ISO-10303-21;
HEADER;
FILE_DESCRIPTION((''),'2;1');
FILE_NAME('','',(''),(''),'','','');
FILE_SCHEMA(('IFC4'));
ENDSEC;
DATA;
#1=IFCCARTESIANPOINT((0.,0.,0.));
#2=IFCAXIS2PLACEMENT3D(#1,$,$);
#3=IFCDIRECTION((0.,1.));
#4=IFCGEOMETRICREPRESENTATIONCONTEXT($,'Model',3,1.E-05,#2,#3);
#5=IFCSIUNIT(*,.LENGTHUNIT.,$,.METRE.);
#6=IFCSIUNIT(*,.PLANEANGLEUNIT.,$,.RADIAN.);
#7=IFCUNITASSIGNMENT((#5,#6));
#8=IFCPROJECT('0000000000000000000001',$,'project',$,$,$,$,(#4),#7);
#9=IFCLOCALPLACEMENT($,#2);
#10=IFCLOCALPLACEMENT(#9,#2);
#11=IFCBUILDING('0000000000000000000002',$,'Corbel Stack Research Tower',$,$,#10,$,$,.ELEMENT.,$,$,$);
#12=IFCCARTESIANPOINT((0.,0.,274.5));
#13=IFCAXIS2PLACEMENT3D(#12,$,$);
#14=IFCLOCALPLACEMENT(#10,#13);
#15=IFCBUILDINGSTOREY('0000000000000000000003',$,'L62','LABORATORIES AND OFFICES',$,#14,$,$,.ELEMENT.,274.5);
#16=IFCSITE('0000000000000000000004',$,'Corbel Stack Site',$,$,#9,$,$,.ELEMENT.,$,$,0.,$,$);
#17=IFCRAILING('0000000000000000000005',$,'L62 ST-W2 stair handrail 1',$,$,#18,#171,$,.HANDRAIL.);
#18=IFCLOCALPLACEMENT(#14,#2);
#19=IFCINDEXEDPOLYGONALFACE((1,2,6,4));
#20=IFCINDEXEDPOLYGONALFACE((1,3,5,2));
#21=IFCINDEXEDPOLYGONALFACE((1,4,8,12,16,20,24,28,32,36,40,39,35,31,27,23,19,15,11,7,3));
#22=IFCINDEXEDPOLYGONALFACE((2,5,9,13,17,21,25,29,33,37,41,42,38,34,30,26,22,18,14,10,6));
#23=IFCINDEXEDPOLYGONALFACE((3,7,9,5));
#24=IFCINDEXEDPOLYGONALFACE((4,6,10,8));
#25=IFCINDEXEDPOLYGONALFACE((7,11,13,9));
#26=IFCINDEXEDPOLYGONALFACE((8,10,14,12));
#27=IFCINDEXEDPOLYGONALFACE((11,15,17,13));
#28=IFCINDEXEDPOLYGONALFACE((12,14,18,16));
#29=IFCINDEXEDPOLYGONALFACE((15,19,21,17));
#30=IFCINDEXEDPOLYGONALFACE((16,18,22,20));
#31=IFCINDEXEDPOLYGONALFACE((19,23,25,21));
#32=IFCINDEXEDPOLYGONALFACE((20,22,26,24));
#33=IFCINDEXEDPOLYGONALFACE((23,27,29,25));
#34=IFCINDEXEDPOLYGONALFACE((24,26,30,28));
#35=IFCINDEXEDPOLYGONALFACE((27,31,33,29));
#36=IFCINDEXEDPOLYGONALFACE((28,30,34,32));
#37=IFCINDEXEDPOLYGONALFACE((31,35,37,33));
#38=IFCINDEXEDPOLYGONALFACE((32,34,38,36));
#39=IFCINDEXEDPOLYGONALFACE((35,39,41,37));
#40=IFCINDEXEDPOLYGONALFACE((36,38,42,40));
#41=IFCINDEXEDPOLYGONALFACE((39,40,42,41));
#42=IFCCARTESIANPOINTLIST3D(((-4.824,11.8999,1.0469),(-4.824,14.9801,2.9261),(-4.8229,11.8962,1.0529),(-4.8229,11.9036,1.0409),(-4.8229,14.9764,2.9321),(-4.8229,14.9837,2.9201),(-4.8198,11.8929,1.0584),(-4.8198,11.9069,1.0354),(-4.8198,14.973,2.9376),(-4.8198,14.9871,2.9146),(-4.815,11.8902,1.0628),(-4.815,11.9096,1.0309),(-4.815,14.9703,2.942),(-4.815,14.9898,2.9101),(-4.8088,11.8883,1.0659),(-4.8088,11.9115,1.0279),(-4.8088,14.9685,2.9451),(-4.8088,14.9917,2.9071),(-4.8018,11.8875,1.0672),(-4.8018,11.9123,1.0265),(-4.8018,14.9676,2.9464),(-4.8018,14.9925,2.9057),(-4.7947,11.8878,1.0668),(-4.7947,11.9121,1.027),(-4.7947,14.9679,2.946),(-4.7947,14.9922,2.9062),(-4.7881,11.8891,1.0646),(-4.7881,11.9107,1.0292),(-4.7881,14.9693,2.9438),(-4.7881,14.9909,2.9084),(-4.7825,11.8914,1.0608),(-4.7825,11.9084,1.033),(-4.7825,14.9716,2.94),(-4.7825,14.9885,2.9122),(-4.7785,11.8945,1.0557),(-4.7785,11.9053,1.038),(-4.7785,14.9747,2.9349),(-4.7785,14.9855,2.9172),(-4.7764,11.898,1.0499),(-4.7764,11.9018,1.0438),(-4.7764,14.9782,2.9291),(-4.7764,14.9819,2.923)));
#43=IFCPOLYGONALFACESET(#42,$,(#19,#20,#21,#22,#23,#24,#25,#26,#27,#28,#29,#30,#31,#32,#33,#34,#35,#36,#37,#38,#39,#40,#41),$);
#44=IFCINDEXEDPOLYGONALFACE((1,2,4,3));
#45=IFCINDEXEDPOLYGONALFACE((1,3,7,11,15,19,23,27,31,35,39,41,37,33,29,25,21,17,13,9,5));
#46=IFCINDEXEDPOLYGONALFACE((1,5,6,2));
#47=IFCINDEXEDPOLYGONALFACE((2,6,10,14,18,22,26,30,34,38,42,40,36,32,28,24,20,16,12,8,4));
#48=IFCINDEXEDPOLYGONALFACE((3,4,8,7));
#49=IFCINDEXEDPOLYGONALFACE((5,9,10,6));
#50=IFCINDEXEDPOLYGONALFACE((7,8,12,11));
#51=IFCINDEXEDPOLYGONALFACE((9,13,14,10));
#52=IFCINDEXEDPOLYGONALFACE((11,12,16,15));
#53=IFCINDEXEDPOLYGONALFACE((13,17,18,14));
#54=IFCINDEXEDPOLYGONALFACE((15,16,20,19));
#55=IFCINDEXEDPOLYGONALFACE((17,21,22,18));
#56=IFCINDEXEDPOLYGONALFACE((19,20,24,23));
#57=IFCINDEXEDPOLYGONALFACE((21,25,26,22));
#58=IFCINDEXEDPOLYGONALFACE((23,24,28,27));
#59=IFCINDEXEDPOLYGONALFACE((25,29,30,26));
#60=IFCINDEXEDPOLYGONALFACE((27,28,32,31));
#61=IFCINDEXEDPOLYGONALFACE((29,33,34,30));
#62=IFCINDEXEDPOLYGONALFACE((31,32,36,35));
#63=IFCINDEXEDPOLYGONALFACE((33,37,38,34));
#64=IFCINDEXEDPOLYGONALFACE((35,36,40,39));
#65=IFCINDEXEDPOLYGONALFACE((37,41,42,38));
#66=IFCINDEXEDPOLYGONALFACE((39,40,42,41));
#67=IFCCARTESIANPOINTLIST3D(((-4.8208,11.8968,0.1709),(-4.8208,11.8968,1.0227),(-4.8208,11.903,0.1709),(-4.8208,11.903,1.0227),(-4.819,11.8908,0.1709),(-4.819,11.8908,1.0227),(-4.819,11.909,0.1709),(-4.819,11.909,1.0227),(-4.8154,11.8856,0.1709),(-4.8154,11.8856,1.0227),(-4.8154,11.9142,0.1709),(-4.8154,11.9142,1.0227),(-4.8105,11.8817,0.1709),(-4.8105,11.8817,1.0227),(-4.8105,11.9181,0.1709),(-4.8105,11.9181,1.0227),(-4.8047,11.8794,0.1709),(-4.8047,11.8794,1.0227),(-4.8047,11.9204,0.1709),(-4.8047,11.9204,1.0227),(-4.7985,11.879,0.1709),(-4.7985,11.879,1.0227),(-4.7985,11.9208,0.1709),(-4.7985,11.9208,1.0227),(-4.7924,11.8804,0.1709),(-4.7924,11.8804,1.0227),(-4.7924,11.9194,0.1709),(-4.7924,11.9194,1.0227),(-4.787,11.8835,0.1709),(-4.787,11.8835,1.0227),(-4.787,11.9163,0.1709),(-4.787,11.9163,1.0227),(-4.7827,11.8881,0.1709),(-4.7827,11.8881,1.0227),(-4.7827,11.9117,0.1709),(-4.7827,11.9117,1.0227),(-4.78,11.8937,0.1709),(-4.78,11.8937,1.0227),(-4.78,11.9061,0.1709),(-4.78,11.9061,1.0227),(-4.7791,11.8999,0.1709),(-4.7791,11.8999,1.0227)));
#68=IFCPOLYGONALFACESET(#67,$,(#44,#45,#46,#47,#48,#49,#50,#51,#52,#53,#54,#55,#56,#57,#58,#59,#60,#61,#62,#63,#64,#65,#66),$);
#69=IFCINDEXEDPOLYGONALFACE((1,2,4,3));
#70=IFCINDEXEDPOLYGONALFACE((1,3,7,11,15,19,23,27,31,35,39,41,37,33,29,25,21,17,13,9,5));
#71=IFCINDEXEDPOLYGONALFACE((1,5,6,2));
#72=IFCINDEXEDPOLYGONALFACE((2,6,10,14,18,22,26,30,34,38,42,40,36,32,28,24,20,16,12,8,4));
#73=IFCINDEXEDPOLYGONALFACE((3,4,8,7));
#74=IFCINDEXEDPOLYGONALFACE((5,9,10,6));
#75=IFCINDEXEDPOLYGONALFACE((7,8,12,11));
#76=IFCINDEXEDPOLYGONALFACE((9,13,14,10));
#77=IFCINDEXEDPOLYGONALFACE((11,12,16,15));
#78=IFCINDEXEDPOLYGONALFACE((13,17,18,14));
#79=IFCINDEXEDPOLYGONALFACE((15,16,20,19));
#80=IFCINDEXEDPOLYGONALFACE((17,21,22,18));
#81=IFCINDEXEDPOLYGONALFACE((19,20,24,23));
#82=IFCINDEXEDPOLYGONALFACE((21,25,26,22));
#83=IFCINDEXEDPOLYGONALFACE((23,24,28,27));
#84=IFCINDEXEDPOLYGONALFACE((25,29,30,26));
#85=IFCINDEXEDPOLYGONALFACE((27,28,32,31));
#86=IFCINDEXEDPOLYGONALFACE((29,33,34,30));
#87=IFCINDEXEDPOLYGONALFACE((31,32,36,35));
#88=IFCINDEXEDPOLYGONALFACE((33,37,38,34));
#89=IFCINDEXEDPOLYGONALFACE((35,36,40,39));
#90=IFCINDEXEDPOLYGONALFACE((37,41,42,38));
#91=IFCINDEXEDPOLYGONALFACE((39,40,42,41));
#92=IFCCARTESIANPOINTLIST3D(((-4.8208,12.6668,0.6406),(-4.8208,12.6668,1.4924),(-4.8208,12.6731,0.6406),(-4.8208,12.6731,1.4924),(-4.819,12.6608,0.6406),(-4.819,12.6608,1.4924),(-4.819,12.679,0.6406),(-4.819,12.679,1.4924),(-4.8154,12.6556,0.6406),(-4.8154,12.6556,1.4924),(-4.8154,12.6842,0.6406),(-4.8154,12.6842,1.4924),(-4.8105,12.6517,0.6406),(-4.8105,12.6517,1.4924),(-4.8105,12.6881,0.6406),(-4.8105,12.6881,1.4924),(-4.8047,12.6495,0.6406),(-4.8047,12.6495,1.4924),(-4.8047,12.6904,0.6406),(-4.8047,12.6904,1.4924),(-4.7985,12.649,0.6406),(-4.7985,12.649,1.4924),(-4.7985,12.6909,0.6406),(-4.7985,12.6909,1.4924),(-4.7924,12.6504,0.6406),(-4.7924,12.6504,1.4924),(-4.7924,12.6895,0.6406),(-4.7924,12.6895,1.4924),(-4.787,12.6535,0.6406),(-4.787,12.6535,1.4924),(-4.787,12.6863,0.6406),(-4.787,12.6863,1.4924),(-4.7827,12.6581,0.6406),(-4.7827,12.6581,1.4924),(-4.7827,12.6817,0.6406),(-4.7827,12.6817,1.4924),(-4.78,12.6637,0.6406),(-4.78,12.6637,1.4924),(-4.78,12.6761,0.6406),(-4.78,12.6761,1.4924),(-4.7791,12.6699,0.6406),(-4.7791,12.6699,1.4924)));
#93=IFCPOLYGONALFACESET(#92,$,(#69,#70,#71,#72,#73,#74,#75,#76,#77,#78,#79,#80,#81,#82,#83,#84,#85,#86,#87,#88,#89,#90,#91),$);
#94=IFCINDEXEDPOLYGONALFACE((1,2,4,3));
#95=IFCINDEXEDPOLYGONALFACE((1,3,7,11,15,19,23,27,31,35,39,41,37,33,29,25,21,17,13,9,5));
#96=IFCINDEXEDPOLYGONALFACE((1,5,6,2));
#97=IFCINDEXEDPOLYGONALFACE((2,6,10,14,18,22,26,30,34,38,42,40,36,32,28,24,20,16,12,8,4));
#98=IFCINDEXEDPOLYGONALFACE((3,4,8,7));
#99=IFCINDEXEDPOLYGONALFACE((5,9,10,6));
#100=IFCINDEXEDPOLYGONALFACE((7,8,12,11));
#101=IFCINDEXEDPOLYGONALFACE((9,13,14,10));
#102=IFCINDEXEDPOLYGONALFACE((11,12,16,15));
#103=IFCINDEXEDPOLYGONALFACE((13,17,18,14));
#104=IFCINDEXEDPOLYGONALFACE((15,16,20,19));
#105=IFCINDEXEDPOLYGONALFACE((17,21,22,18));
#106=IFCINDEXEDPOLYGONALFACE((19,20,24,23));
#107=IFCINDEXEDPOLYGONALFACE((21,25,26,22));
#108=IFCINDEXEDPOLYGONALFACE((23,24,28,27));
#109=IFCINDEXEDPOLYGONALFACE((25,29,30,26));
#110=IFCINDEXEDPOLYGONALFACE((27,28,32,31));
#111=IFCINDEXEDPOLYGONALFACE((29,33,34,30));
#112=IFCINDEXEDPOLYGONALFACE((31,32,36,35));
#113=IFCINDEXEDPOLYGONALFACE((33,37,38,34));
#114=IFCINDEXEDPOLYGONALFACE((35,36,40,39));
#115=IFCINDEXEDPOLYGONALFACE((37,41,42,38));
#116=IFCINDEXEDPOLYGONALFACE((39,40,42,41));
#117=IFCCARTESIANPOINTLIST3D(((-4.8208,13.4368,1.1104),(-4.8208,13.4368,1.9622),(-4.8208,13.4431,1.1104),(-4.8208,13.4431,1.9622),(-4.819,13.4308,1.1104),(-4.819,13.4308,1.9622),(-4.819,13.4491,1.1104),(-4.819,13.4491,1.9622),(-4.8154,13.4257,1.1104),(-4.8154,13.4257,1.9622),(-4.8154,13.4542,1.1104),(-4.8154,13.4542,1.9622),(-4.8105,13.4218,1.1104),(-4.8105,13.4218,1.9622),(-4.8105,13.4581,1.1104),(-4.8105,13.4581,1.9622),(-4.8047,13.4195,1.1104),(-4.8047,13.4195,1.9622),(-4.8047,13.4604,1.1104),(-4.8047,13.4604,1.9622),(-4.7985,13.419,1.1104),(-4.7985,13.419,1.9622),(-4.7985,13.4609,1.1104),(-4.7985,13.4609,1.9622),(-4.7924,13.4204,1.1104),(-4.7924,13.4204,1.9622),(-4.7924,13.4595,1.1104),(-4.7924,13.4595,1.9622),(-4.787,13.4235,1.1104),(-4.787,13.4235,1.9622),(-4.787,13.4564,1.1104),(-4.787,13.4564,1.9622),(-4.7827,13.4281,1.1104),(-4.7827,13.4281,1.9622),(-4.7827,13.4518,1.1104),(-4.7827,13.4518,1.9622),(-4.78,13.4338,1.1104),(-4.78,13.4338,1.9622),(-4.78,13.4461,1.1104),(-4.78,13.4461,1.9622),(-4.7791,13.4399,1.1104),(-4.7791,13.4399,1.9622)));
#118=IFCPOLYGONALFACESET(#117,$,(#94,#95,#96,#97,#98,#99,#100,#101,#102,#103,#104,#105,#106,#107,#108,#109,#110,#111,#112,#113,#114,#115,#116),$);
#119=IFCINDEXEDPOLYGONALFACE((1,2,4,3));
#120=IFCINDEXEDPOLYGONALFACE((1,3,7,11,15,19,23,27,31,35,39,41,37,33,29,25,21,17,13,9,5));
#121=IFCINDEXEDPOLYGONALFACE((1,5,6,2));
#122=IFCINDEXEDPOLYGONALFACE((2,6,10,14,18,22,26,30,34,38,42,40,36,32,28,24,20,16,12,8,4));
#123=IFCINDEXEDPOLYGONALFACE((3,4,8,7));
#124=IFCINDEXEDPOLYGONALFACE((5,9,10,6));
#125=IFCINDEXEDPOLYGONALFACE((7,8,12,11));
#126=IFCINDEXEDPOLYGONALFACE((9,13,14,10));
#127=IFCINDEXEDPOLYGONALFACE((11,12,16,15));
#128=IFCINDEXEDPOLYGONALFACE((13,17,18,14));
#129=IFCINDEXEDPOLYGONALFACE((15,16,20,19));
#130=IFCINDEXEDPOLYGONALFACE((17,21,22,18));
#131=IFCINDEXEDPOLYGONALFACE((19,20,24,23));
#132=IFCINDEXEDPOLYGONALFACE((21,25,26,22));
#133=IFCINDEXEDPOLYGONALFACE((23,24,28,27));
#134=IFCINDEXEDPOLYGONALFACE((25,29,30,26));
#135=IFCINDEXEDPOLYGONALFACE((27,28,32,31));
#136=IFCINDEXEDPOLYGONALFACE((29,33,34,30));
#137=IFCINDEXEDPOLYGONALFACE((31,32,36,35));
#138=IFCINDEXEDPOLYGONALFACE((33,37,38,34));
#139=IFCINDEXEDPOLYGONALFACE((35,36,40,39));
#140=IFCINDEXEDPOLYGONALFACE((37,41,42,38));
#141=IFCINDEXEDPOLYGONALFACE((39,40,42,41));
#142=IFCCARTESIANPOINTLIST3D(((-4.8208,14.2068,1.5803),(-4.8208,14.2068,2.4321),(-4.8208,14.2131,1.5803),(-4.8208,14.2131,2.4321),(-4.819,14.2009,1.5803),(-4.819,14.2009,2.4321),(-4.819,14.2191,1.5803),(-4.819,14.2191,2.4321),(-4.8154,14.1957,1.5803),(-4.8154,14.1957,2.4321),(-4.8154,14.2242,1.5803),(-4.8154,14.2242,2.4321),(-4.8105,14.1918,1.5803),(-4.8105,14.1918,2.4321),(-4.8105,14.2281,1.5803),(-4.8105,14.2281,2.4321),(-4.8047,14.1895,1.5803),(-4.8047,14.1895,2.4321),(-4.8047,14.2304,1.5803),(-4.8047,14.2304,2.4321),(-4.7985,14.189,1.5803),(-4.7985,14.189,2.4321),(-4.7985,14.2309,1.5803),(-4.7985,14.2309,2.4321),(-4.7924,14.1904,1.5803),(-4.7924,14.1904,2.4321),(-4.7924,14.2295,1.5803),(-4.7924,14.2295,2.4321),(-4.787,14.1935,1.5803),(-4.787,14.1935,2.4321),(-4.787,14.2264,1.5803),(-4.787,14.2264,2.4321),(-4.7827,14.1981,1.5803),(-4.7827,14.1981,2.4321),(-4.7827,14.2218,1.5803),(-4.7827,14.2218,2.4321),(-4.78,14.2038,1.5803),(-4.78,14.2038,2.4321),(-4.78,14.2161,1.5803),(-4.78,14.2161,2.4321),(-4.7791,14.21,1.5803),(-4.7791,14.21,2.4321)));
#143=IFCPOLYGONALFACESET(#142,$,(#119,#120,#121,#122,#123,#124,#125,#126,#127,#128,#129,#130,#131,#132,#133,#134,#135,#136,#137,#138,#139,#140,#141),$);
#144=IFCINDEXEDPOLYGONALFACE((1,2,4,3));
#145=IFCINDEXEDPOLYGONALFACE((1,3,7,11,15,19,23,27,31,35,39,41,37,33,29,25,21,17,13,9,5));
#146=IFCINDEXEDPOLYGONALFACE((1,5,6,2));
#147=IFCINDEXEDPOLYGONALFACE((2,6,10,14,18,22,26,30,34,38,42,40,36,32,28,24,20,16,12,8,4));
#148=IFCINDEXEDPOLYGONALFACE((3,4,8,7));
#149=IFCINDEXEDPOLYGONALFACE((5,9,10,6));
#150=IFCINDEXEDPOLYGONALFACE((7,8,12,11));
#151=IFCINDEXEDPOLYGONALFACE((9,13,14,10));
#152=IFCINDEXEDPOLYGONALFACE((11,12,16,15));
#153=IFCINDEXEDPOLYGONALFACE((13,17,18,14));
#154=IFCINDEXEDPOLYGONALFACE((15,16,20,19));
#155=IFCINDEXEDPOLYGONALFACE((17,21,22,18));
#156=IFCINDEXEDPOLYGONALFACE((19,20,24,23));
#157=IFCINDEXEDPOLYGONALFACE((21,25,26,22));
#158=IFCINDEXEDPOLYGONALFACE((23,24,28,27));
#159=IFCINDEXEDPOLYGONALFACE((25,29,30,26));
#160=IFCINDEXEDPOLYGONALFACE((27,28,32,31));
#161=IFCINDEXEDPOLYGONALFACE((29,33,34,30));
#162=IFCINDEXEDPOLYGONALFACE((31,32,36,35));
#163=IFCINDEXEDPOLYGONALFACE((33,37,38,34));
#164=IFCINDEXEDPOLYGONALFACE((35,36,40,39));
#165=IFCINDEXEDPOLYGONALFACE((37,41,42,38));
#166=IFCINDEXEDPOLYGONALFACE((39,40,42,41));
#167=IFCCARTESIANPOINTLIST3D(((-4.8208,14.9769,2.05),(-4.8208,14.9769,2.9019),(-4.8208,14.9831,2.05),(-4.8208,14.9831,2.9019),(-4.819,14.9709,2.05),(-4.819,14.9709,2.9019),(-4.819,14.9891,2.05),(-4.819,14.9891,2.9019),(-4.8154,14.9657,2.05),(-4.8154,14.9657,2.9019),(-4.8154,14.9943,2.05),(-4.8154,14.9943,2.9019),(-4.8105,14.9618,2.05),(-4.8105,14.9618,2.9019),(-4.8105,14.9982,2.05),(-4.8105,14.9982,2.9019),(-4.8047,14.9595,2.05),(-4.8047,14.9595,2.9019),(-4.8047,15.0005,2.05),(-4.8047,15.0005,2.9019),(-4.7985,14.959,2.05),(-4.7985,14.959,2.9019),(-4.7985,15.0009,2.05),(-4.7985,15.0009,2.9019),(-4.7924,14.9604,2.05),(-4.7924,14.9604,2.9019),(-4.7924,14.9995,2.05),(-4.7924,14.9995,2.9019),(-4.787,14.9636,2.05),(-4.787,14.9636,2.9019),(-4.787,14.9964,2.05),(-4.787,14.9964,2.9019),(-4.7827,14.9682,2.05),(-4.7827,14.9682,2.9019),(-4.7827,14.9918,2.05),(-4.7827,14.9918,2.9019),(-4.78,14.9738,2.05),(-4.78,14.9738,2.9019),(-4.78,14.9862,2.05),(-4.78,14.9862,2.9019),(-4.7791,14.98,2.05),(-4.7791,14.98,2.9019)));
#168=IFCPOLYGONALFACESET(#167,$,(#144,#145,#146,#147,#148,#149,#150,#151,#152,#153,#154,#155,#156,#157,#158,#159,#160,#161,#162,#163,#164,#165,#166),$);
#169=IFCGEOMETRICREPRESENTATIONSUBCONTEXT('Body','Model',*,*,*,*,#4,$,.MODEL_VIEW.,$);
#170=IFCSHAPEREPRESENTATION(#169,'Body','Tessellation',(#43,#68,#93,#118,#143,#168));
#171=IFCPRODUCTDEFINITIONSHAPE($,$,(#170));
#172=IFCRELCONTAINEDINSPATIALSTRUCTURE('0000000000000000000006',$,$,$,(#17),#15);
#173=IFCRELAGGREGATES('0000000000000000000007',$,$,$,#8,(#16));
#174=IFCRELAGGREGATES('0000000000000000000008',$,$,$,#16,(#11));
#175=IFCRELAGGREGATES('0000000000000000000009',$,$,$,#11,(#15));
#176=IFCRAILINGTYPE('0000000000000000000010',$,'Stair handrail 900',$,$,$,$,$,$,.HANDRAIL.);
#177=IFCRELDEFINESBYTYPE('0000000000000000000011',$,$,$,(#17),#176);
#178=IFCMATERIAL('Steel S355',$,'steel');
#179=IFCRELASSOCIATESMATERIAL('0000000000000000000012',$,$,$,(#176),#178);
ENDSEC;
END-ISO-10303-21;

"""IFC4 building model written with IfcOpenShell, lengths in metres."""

from ifc_helpers import new_model, si_unit, direction, frame, origin, origin_2d, place, context, subcontext, project, spatial, circle, extrude, material, type_object, element, save


model = new_model("IFC4")

# Units and contexts
model_context = context("Model", 3, precision=1e-05, world=origin(), true_north=direction((0.0, 1.0)))
body_context = subcontext(model_context, "Body", "Model", "MODEL_VIEW")
ifc_project = project(units=[si_unit("LENGTHUNIT", "METRE"), si_unit("PLANEANGLEUNIT", "RADIAN")], contexts=[model_context])

# Site, building, storey
site_placement = place(None, origin())
site = spatial("IfcSite", under=ifc_project, at=site_placement, Name="Corbel Stack Site", CompositionType="ELEMENT", RefElevation=0.0)
building_placement = place(site_placement, origin())
building = spatial("IfcBuilding", under=site, at=building_placement, Name="Corbel Stack Research Tower", CompositionType="ELEMENT")
storey_placement = place(building_placement, frame((0.0, 0.0, 274.5)))
storey = spatial("IfcBuildingStorey", under=building, at=storey_placement, Name="L62", Description="LABORATORIES AND OFFICES", CompositionType="ELEMENT", Elevation=274.5)

# Railing
ifc_material_1 = material(Name="Steel S355", Category="steel")
railing_type_1 = type_object("IfcRailingType", Name="Stair handrail 900", PredefinedType="HANDRAIL", material=ifc_material_1)
railing_1_placement = place(storey_placement, frame((-4.8, 11.8999, 0.1709)))
element("IfcRailing", 1, at=railing_1_placement, inside=storey, type_object=railing_type_1, Name="L62 ST-W2 stair handrail 1", PredefinedType="HANDRAIL", context=body_context, shape_type="SweptSolid", body=[
    extrude(circle(Radius=0.0239, at=origin_2d()), frame((0.0, 0.0, 0.876), z_axis=(0.0, 0.853666, 0.52082), x_axis=(-1.0, 0.0, 0.0)), (0.0, 0.0, 1.0), 3.6082),
    extrude(circle(Radius=0.021, at=origin_2d()), origin(), (0.0, 0.0, 1.0), 0.8518),
    extrude(circle(Radius=0.021, at=origin_2d()), frame((0.0, 0.77, 0.4697)), (0.0, 0.0, 1.0), 0.8518),
    extrude(circle(Radius=0.021, at=origin_2d()), frame((0.0, 1.54, 0.9395)), (0.0, 0.0, 1.0), 0.8518),
    extrude(circle(Radius=0.021, at=origin_2d()), frame((0.0, 2.3101, 1.4094)), (0.0, 0.0, 1.0), 0.8518),
    extrude(circle(Radius=0.021, at=origin_2d()), frame((0.0, 3.0801, 1.8792)), (0.0, 0.0, 1.0), 0.8518),
])

save(model, "model.ifc")
